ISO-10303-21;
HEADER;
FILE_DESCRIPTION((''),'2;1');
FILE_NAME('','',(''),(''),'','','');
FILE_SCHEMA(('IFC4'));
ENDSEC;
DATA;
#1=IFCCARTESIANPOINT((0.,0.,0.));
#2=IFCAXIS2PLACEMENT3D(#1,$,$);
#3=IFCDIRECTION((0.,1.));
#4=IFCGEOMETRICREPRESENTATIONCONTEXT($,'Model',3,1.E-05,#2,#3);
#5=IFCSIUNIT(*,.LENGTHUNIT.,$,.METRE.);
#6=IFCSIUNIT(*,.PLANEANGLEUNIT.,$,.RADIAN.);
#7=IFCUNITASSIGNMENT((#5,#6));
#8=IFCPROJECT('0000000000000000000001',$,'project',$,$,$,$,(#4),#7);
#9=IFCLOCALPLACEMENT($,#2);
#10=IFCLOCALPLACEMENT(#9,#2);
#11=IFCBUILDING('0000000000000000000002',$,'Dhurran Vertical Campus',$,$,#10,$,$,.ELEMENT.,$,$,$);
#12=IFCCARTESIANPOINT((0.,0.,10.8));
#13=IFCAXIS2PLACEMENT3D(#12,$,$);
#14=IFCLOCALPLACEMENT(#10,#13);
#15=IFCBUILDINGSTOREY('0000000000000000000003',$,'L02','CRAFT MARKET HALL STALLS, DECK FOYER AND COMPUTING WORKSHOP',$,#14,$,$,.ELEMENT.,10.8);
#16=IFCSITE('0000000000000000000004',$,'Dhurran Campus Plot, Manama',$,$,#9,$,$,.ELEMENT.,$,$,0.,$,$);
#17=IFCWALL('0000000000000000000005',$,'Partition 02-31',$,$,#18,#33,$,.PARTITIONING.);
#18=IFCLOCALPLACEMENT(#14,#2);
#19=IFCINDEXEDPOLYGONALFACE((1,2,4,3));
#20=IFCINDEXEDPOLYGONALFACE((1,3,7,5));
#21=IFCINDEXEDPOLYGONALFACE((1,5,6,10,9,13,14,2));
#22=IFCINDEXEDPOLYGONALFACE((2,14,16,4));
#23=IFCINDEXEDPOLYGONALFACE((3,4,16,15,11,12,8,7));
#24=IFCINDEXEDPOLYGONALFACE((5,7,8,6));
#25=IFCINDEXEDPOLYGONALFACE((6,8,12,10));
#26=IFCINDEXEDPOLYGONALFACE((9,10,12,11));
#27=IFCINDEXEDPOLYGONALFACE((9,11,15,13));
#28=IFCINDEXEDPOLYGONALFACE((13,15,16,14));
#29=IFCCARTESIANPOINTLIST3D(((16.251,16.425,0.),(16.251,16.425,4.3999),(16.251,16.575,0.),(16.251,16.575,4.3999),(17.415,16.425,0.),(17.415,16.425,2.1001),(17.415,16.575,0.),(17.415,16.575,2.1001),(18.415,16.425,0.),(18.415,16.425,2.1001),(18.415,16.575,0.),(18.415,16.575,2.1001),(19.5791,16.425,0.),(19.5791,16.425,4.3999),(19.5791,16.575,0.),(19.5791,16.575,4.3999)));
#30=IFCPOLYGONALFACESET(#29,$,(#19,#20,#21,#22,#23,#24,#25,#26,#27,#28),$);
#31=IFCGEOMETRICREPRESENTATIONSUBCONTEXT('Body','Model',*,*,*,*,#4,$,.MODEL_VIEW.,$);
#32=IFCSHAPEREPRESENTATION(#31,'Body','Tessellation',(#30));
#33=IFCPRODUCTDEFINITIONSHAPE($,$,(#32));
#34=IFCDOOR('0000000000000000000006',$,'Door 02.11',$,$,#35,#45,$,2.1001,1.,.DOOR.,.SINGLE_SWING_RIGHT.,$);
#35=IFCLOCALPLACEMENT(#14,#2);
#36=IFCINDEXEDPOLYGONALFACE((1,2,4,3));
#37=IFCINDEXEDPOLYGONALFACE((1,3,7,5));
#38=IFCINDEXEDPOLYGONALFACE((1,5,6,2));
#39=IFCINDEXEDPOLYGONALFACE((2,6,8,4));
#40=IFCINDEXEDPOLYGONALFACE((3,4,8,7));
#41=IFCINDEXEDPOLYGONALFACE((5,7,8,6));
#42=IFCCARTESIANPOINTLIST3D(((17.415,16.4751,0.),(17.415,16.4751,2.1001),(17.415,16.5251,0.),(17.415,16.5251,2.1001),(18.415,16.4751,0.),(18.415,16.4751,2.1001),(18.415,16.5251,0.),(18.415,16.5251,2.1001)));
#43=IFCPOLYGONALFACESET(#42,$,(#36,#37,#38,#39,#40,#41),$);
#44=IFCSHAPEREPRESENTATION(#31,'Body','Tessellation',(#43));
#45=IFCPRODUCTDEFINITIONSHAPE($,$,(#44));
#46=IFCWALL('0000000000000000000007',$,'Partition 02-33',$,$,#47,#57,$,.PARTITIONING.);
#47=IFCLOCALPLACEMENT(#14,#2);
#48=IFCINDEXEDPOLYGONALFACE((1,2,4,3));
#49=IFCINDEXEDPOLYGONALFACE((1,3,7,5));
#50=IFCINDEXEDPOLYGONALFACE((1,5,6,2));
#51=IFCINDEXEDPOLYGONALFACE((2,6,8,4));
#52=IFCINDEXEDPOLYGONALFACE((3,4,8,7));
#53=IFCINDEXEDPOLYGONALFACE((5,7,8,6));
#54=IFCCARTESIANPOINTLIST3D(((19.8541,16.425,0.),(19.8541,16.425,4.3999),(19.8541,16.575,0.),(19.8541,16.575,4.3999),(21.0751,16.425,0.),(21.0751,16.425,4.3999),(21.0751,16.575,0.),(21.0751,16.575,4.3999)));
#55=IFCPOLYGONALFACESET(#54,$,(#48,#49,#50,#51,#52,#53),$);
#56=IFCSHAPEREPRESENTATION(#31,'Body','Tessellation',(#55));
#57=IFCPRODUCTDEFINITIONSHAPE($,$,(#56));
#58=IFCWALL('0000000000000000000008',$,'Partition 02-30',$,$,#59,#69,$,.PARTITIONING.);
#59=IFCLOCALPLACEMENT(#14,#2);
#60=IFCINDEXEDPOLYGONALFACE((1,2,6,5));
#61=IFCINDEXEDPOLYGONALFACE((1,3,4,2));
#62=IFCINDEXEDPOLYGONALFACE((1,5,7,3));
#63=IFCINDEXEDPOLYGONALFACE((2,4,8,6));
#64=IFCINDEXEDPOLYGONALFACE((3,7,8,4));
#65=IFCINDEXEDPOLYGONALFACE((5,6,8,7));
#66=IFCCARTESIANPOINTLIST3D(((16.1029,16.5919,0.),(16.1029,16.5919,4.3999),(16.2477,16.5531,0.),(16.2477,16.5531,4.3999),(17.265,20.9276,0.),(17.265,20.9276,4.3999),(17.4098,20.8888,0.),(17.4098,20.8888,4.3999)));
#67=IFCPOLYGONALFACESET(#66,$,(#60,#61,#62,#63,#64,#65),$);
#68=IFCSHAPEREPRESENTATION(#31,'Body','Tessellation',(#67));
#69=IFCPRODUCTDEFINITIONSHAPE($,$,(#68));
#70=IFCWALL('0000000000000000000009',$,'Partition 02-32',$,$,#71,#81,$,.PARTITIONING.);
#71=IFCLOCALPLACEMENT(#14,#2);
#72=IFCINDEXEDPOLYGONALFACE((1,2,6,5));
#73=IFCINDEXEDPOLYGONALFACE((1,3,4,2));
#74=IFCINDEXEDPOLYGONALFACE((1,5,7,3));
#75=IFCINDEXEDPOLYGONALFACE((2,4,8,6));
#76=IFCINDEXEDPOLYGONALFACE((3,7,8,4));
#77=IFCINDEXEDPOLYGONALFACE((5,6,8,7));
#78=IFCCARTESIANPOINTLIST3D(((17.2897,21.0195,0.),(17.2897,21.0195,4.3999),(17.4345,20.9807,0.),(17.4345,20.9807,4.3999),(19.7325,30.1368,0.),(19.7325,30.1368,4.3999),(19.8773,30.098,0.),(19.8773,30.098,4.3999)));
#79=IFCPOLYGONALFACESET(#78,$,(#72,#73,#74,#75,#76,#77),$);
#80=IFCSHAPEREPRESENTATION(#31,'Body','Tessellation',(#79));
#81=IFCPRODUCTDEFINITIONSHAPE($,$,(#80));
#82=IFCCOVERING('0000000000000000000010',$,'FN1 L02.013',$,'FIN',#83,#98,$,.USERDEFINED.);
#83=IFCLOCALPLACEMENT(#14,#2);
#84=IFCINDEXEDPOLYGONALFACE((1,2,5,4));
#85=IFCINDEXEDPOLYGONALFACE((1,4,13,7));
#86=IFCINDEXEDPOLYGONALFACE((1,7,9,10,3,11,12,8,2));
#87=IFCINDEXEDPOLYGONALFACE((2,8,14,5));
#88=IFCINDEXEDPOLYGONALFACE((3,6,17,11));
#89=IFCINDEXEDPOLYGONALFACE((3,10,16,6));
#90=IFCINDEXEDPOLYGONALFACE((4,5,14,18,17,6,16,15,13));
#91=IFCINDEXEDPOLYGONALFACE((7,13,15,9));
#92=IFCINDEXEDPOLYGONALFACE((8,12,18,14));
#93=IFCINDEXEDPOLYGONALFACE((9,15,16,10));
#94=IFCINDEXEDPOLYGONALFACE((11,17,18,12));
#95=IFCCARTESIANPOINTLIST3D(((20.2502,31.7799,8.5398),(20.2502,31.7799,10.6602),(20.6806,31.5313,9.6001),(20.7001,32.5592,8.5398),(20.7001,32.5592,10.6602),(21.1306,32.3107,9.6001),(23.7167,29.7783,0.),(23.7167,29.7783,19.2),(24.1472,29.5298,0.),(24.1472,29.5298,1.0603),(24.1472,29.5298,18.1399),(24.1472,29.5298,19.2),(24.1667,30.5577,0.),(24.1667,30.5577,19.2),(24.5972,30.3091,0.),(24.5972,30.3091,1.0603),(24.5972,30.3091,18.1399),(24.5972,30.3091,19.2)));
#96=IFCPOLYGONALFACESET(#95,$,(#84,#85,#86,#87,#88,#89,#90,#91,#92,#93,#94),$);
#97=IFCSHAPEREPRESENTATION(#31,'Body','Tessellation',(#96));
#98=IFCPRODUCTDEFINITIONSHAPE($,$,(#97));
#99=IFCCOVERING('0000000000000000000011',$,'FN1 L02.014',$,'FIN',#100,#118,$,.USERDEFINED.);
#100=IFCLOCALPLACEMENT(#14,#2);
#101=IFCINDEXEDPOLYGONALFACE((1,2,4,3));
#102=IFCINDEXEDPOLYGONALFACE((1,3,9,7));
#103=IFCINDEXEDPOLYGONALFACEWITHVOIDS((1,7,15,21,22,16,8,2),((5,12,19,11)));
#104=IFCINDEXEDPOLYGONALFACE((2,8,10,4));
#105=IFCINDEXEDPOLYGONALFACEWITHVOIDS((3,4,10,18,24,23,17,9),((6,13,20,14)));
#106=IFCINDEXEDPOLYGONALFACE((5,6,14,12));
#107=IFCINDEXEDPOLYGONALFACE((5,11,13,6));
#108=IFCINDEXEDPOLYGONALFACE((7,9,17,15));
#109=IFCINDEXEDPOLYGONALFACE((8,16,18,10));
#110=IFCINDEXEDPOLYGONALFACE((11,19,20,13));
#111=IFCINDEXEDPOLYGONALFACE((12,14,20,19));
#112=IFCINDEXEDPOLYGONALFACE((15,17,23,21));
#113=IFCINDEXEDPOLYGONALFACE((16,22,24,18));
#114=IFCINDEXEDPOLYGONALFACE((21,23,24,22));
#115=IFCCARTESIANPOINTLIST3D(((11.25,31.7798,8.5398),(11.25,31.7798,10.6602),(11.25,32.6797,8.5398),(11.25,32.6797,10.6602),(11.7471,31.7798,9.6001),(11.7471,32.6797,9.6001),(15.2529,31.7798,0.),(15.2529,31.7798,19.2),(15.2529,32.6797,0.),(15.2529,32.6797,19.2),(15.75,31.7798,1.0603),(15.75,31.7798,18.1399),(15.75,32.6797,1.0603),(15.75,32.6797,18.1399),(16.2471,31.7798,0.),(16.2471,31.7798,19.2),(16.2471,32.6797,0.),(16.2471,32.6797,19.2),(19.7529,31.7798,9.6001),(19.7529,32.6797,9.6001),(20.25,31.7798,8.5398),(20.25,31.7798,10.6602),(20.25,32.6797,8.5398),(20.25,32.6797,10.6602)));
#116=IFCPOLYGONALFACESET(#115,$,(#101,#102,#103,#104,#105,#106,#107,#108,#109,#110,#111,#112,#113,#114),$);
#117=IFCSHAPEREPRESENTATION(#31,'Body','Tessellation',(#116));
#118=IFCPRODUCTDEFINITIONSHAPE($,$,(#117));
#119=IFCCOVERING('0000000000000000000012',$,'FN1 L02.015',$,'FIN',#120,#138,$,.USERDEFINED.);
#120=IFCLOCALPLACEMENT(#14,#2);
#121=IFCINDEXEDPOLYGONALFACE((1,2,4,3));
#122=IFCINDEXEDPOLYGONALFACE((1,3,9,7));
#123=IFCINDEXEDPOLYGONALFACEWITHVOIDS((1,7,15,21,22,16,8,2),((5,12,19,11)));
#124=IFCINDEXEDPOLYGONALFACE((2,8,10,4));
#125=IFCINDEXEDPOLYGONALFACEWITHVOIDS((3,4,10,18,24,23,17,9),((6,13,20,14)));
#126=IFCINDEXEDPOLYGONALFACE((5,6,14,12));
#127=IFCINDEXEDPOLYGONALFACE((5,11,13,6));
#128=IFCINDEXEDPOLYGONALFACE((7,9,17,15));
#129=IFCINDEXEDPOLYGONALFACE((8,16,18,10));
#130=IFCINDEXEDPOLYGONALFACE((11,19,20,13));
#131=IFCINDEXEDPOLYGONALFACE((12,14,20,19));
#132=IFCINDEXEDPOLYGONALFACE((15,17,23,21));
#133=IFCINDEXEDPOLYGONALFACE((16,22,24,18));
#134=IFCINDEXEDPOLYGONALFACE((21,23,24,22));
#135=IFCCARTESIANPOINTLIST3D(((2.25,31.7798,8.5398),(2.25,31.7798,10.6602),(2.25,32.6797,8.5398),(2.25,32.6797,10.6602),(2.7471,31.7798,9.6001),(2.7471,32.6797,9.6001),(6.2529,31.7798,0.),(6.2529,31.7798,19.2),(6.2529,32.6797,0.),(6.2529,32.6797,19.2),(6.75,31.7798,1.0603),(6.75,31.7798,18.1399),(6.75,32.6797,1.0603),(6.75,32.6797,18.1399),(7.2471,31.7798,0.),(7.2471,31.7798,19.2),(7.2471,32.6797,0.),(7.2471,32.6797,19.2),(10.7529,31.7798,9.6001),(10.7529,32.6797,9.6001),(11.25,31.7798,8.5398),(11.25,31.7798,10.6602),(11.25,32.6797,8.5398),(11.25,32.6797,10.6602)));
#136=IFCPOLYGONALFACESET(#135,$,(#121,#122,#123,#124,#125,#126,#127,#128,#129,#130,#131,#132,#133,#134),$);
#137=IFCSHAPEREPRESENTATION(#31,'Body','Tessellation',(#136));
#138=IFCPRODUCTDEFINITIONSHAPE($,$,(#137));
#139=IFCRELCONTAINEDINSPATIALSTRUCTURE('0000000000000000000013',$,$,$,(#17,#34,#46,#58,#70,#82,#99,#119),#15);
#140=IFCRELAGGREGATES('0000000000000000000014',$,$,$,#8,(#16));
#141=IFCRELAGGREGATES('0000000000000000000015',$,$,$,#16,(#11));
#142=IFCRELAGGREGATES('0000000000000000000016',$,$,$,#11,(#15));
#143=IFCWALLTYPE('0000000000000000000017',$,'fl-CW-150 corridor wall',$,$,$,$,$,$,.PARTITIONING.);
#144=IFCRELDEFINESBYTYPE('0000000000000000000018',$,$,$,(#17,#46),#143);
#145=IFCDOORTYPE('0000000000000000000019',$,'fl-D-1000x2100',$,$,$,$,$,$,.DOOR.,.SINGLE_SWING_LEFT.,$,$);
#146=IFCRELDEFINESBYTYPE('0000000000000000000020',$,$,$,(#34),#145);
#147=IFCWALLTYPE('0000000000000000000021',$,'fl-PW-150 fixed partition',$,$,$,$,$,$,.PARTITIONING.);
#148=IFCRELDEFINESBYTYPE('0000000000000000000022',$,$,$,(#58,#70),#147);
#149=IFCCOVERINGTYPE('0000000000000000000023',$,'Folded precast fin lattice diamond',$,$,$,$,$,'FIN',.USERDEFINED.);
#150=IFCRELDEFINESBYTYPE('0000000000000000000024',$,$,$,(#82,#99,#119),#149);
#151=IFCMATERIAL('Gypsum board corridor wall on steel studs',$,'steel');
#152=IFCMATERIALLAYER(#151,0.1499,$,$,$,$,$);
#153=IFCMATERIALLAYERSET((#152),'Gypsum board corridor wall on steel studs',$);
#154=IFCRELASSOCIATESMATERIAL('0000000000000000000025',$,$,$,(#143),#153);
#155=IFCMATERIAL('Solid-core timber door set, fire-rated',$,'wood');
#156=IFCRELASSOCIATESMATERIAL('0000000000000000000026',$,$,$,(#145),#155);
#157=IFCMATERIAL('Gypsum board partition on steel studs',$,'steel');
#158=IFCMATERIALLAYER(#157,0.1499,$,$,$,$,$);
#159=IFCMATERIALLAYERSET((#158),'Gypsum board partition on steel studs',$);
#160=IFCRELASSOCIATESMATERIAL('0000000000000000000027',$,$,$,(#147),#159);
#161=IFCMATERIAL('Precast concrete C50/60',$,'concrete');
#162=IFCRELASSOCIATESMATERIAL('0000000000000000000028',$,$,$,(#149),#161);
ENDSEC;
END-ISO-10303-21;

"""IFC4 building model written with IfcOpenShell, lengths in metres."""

from ifc_helpers import new_model, si_unit, direction, frame, frame_2d, origin, place, context, subcontext, project, spatial, polyline, rectangle, outline, extrude, material, layer, layer_set, type_object, element, fill, save


model = new_model("IFC4")

# Units and contexts
model_context = context("Model", 3, precision=1e-05, world=origin(), true_north=direction((0.0, 1.0)))
body_context = subcontext(model_context, "Body", "Model", "MODEL_VIEW")
ifc_project = project(units=[si_unit("LENGTHUNIT", "METRE"), si_unit("PLANEANGLEUNIT", "RADIAN")], contexts=[model_context])

# Site, building, storey
site_placement = place(None, origin())
site = spatial("IfcSite", under=ifc_project, at=site_placement, Name="Dhurran Campus Plot, Manama", CompositionType="ELEMENT", RefElevation=0.0)
building_placement = place(site_placement, origin())
building = spatial("IfcBuilding", under=site, at=building_placement, Name="Dhurran Vertical Campus", CompositionType="ELEMENT")
storey_placement = place(building_placement, frame((0.0, 0.0, 10.8)))
storey = spatial("IfcBuildingStorey", under=building, at=storey_placement, Name="L02", Description="CRAFT MARKET HALL STALLS, DECK FOYER AND COMPUTING WORKSHOP", CompositionType="ELEMENT", Elevation=10.8)

# Wall, opening, door
ifc_material_1 = material(Name="Gypsum board corridor wall on steel studs", Category="steel")
ifc_layer_1 = layer(ifc_material_1, 0.1499)
ifc_layer_set_1 = layer_set([ifc_layer_1], Name="Gypsum board corridor wall on steel studs")
wall_type_1 = type_object("IfcWallType", Name="fl-CW-150 corridor wall", PredefinedType="PARTITIONING", material=ifc_layer_set_1)
ifc_material_2 = material(Name="Solid-core timber door set, fire-rated", Category="wood")
door_type = type_object("IfcDoorType", Name="fl-D-1000x2100", OperationType="SINGLE_SWING_LEFT", PredefinedType="DOOR", material=ifc_material_2)
wall_1_placement = place(storey_placement, frame((19.5791, 16.5, 0.0), z_axis=(0.0, 0.0, 1.0), x_axis=(-1.0, 0.0, 0.0)))
wall_1 = element("IfcWall", 1, at=wall_1_placement, inside=storey, type_object=wall_type_1, Name="Partition 02-31", PredefinedType="PARTITIONING", context=body_context, shape_type="SweptSolid", body=[
    extrude(rectangle(XDim=3.3281, YDim=0.1499, at=frame_2d((1.6641, 0.0))), origin(), (0.0, 0.0, 1.0), 4.3999),
])
opening_1_placement = place(wall_1_placement, frame((1.1641, 0.0, 0.0)))
opening_1 = element("IfcOpeningElement", 2, at=opening_1_placement, cuts=wall_1, PredefinedType="OPENING", context=body_context, shape_type="SweptSolid", body=[
    extrude(rectangle(XDim=1.0, YDim=2.1001, at=frame_2d((0.5, 1.05))), frame((0.0, 0.085, 0.0), z_axis=(0.0, -1.0, 0.0), x_axis=(1.0, 0.0, 0.0)), (0.0, 0.0, 1.0), 0.1699),
])
door_1_placement = place(opening_1_placement, origin())
door_1 = element("IfcDoor", 3, at=door_1_placement, inside=storey, type_object=door_type, Name="Door 02.11", OperationType="SINGLE_SWING_RIGHT", OverallHeight=2.1001, OverallWidth=1.0, PredefinedType="DOOR", context=body_context, shape_type="SweptSolid", body=[
    extrude(rectangle(XDim=1.0, YDim=2.1001, at=frame_2d((0.5, 1.05))), frame((0.0, 0.0249, 0.0), z_axis=(0.0, -1.0, 0.0), x_axis=(1.0, 0.0, 0.0)), (0.0, 0.0, 1.0), 0.05),
])
fill(opening_1, door_1)

# Walls
wall_2_placement = place(storey_placement, frame((21.075, 16.5, 0.0), z_axis=(0.0, 0.0, 1.0), x_axis=(-1.0, 0.0, 0.0)))
element("IfcWall", 4, at=wall_2_placement, inside=storey, type_object=wall_type_1, Name="Partition 02-33", PredefinedType="PARTITIONING", context=body_context, shape_type="SweptSolid", body=[
    extrude(rectangle(XDim=1.2209, YDim=0.1499, at=frame_2d((0.6104, 0.0))), origin(), (0.0, 0.0, 1.0), 4.3999),
])
ifc_material_3 = material(Name="Gypsum board partition on steel studs", Category="steel")
ifc_layer_2 = layer(ifc_material_3, 0.1499)
ifc_layer_set_2 = layer_set([ifc_layer_2], Name="Gypsum board partition on steel studs")
wall_type_2 = type_object("IfcWallType", Name="fl-PW-150 fixed partition", PredefinedType="PARTITIONING", material=ifc_layer_set_2)
wall_3_placement = place(storey_placement, frame((17.3374, 20.9082, 0.0), z_axis=(0.0, 0.0, 1.0), x_axis=(-0.258895, -0.965906, 0.0)))
element("IfcWall", 5, at=wall_3_placement, inside=storey, type_object=wall_type_2, Name="Partition 02-30", PredefinedType="PARTITIONING", context=body_context, shape_type="SweptSolid", body=[
    extrude(rectangle(XDim=4.4888, YDim=0.1499, at=frame_2d((2.2444, 0.0))), origin(), (0.0, 0.0, 1.0), 4.3999),
])
wall_4_placement = place(storey_placement, frame((19.8049, 30.1174, 0.0), z_axis=(0.0, 0.0, 1.0), x_axis=(-0.258805, -0.965929, 0.0)))
element("IfcWall", 6, at=wall_4_placement, inside=storey, type_object=wall_type_2, Name="Partition 02-32", PredefinedType="PARTITIONING", context=body_context, shape_type="SweptSolid", body=[
    extrude(rectangle(XDim=9.439, YDim=0.1499, at=frame_2d((4.7195, 0.0))), origin(), (0.0, 0.0, 1.0), 4.3999),
])

# Coverings
ifc_material_4 = material(Name="Precast concrete C50/60", Category="concrete")
covering_type = type_object("IfcCoveringType", Name="Folded precast fin lattice diamond", ElementType="FIN", PredefinedType="USERDEFINED", material=ifc_material_4)
covering_1_placement = place(storey_placement, frame((24.1472, 29.5298, 0.0), z_axis=(0.50002, 0.866014, 0.0), x_axis=(-0.866014, 0.50002, 0.0)))
element("IfcCovering", 7, at=covering_1_placement, inside=storey, type_object=covering_type, Name="FN1 L02.013", ObjectType="FIN", PredefinedType="USERDEFINED", context=body_context, shape_type="SweptSolid", body=[
    extrude(outline(polyline([(4.5, 8.5398), (0.4971, 0.0), (0.0, 0.0), (0.0, 1.0603), (4.0029, 9.6001), (0.0, 18.1399), (0.0, 19.2), (0.4971, 19.2), (4.5, 10.6602), (4.5, 8.5398)])), origin(), (0.0, 0.0, 1.0), 0.8999),
])
for number, where, z_axis, x_axis, name in (
    (8, (20.25, 31.7798, 0.0), (0.0, 1.0, 0.0), (-1.0, 0.0, 0.0), "FN1 L02.014"),
    (9, (11.25, 31.7798, 0.0), (0.0, 1.0, 0.0), (-1.0, 0.0, 0.0), "FN1 L02.015"),
):
    element("IfcCovering", number, at=place(storey_placement, frame(where, z_axis=z_axis, x_axis=x_axis)), inside=storey, type_object=covering_type, Name=name, ObjectType="FIN", PredefinedType="USERDEFINED", context=body_context, shape_type="SweptSolid", body=[
        extrude(outline(polyline([(9.0, 10.6602), (9.0, 8.5398), (4.9971, 0.0), (4.0029, 0.0), (0.0, 8.5398), (0.0, 10.6602), (4.0029, 19.2), (4.9971, 19.2), (9.0, 10.6602)]), holes=[polyline([(8.5029, 9.6001), (4.5, 18.1399), (0.4971, 9.6001), (4.5, 1.0603), (8.5029, 9.6001)])]), origin(), (0.0, 0.0, 1.0), 0.8999),
    ])

save(model, "model.ifc")
